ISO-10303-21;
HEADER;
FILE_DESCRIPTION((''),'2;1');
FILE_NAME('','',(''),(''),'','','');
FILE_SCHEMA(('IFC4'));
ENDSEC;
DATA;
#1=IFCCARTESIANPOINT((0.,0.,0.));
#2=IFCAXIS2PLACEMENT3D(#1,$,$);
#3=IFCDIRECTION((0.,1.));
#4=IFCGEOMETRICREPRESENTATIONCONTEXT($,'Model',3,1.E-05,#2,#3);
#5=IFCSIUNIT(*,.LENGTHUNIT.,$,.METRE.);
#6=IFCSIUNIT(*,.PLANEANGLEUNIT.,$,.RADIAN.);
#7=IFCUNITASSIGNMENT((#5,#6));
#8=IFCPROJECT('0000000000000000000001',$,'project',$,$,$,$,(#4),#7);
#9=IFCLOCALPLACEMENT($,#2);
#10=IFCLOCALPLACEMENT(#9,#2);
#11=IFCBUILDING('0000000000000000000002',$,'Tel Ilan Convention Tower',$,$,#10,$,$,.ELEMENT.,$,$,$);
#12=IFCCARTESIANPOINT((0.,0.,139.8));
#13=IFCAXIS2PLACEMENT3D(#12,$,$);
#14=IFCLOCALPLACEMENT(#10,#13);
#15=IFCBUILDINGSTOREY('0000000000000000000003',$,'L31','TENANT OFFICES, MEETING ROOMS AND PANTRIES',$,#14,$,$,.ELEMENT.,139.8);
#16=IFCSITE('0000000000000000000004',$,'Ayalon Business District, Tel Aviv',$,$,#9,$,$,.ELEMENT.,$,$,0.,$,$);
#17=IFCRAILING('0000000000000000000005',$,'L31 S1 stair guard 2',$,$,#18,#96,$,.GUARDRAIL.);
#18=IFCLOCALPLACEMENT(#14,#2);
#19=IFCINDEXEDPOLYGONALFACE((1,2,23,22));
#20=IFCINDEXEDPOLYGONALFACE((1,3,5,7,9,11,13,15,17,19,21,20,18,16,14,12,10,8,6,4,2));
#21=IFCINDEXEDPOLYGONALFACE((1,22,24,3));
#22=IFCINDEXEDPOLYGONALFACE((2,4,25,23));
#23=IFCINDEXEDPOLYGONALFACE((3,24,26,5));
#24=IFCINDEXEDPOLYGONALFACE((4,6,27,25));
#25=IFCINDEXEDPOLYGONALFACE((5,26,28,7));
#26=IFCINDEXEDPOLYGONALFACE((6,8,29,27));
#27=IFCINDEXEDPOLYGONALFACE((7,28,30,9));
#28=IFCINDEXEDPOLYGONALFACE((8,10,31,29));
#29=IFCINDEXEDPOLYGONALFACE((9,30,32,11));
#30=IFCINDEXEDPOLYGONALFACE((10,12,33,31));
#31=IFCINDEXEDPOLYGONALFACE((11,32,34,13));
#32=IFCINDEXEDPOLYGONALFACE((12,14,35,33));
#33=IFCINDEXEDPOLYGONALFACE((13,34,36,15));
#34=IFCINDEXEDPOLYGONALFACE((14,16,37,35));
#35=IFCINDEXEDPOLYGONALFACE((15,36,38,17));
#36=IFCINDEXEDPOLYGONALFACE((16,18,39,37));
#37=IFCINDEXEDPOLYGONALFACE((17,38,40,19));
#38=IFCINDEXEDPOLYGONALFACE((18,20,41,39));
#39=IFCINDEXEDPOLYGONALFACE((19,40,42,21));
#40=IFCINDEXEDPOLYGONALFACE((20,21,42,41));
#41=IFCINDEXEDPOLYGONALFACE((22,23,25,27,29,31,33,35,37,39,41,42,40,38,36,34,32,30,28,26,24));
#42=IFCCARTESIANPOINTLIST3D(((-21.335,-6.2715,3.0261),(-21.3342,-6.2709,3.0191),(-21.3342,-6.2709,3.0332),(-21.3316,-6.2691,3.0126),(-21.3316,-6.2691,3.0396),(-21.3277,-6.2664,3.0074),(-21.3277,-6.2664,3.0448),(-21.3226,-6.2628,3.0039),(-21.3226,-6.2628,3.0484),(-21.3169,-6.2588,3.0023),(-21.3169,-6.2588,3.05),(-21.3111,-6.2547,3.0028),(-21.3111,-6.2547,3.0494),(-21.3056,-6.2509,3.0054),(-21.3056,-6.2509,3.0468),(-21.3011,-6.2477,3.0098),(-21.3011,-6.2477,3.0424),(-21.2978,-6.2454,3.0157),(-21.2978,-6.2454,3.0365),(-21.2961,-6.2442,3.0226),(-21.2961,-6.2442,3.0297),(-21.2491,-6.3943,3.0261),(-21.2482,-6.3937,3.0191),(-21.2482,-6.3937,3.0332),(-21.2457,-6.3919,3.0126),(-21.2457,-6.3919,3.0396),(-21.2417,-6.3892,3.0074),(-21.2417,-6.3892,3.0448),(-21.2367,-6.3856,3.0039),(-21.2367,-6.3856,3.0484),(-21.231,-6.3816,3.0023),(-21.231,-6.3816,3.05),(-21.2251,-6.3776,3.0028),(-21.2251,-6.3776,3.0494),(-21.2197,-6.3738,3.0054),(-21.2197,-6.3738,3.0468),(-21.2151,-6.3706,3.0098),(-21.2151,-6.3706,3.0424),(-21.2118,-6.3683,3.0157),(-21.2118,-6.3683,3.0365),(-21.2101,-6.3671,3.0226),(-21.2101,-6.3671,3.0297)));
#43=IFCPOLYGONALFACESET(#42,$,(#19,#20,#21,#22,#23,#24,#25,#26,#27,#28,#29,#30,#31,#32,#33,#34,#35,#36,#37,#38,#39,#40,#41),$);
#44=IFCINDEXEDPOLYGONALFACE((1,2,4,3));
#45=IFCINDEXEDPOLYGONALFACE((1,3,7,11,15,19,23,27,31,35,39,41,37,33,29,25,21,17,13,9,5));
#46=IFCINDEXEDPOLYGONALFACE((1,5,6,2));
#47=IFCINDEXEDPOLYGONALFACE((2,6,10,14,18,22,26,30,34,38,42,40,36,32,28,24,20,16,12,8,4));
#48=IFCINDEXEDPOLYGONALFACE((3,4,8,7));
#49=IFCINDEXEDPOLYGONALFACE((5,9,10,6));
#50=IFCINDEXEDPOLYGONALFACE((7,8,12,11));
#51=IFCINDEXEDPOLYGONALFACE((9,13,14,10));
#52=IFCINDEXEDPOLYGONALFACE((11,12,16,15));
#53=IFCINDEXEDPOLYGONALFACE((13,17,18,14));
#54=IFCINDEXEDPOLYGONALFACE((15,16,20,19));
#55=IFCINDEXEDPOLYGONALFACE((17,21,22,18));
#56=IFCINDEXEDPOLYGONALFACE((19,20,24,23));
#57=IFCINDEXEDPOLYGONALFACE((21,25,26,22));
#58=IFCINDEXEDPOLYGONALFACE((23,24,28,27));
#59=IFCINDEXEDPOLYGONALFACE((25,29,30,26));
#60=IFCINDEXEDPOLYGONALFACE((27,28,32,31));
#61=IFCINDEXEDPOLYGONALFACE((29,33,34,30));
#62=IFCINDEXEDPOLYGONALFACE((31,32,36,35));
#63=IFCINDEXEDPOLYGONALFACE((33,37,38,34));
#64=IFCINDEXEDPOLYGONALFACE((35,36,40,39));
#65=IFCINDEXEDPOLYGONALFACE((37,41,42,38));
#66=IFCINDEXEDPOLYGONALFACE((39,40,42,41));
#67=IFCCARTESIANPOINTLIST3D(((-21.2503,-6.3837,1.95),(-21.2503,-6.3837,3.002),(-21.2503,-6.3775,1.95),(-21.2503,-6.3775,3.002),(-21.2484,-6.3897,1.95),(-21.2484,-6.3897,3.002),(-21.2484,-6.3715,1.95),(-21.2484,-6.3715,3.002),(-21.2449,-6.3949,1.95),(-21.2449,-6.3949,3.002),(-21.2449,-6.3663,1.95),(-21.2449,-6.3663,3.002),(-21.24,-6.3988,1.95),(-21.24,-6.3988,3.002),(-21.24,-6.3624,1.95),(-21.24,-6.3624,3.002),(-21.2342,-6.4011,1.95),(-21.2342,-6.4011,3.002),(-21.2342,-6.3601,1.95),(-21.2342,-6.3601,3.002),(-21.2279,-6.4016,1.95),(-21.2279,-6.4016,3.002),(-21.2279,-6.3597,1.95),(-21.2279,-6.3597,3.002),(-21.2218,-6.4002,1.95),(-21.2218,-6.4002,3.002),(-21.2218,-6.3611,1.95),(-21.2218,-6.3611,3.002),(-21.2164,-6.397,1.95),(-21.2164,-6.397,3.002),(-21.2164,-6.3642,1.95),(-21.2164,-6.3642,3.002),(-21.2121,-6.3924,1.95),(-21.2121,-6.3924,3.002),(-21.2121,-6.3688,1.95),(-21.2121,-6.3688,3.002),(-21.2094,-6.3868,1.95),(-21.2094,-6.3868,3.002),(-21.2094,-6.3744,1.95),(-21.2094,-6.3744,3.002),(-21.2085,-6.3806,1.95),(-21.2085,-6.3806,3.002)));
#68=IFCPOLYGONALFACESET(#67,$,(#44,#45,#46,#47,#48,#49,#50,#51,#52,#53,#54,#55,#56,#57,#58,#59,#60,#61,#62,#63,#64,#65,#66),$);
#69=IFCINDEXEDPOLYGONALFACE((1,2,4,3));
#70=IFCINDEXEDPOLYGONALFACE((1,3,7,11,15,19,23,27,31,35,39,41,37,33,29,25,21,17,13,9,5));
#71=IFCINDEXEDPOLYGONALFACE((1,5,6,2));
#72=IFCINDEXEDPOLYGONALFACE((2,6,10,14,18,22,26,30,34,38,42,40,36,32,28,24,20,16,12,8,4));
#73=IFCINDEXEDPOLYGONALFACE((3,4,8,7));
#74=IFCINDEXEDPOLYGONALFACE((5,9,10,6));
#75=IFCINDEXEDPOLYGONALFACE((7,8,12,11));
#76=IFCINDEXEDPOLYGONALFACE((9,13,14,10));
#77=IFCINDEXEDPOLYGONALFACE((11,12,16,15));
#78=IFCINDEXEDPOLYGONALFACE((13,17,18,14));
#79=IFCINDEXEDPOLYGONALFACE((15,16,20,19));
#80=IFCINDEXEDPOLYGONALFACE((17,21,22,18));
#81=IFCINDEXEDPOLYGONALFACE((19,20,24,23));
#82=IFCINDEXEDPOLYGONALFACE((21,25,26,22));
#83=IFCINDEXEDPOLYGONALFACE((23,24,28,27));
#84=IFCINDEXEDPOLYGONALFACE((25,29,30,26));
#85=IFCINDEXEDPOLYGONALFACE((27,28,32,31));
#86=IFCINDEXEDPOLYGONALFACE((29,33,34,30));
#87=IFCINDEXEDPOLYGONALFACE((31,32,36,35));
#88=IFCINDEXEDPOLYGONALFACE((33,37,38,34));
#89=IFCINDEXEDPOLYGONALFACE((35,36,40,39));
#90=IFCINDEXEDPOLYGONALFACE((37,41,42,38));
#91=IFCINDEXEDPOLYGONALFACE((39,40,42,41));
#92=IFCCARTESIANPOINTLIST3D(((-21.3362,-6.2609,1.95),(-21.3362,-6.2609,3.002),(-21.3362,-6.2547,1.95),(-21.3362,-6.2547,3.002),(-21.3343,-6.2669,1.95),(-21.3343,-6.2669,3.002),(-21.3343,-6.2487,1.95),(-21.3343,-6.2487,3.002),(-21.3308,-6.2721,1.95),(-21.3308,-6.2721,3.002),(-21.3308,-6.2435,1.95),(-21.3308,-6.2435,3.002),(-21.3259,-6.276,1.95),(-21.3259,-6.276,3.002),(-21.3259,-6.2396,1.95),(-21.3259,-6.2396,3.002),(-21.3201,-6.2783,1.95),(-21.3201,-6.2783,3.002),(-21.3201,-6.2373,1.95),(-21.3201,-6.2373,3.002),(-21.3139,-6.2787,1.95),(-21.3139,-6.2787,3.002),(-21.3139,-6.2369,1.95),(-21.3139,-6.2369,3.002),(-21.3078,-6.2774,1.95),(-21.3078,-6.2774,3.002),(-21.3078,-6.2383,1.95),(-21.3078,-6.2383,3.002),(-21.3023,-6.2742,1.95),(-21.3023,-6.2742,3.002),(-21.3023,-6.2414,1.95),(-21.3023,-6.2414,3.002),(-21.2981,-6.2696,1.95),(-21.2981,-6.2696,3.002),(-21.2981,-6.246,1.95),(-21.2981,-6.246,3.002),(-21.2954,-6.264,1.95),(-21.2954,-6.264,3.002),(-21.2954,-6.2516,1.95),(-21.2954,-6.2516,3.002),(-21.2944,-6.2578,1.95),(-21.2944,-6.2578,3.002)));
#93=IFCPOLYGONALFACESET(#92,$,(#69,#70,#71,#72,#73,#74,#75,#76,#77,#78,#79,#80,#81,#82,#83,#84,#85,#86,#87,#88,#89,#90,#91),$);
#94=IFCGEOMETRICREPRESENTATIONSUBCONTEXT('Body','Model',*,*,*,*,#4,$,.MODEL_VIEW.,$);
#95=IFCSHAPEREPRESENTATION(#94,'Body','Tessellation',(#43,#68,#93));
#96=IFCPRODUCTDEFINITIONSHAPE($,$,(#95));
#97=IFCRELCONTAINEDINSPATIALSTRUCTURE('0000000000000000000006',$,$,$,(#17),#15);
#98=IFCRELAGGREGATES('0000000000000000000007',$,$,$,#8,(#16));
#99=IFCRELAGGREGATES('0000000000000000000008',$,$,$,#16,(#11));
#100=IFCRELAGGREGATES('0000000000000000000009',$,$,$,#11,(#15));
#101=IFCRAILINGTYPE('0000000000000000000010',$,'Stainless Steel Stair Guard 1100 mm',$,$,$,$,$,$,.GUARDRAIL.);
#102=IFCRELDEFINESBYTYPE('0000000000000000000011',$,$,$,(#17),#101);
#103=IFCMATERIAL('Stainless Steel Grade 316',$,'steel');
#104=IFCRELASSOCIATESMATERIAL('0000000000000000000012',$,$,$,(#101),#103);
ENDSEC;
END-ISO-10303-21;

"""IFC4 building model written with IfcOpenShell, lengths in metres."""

from ifc_helpers import new_model, si_unit, direction, frame, origin, origin_2d, place, context, subcontext, project, spatial, circle, extrude, material, type_object, element, save


model = new_model("IFC4")

# Units and contexts
model_context = context("Model", 3, precision=1e-05, world=origin(), true_north=direction((0.0, 1.0)))
body_context = subcontext(model_context, "Body", "Model", "MODEL_VIEW")
ifc_project = project(units=[si_unit("LENGTHUNIT", "METRE"), si_unit("PLANEANGLEUNIT", "RADIAN")], contexts=[model_context])

# Site, building, storey
site_placement = place(None, origin())
site = spatial("IfcSite", under=ifc_project, at=site_placement, Name="Ayalon Business District, Tel Aviv", CompositionType="ELEMENT", RefElevation=0.0)
building_placement = place(site_placement, origin())
building = spatial("IfcBuilding", under=site, at=building_placement, Name="Tel Ilan Convention Tower", CompositionType="ELEMENT")
storey_placement = place(building_placement, frame((0.0, 0.0, 139.8)))
storey = spatial("IfcBuildingStorey", under=building, at=storey_placement, Name="L31", Description="TENANT OFFICES, MEETING ROOMS AND PANTRIES", CompositionType="ELEMENT", Elevation=139.8)

# Railing
ifc_material_1 = material(Name="Stainless Steel Grade 316", Category="steel")
railing_type_1 = type_object("IfcRailingType", Name="Stainless Steel Stair Guard 1100 mm", PredefinedType="GUARDRAIL", material=ifc_material_1)
railing_1_placement = place(storey_placement, frame((-21.2295, -6.3806, 1.95)))
element("IfcRailing", 1, at=railing_1_placement, inside=storey, type_object=railing_type_1, Name="L31 S1 stair guard 2", PredefinedType="GUARDRAIL", context=body_context, shape_type="SweptSolid", body=[
    extrude(circle(Radius=0.0239, at=origin_2d()), frame((0.0, 0.0, 1.0762), z_axis=(-0.573353, 0.819308, 0.0), x_axis=(-0.819308, -0.573353, 0.0)), (0.0, 0.0, 1.0), 0.1499),
    extrude(circle(Radius=0.021, at=origin_2d()), origin(), (0.0, 0.0, 1.0), 1.052),
    extrude(circle(Radius=0.021, at=origin_2d()), frame((-0.0859, 0.1228, 0.0)), (0.0, 0.0, 1.0), 1.052),
])

save(model, "model.ifc")
